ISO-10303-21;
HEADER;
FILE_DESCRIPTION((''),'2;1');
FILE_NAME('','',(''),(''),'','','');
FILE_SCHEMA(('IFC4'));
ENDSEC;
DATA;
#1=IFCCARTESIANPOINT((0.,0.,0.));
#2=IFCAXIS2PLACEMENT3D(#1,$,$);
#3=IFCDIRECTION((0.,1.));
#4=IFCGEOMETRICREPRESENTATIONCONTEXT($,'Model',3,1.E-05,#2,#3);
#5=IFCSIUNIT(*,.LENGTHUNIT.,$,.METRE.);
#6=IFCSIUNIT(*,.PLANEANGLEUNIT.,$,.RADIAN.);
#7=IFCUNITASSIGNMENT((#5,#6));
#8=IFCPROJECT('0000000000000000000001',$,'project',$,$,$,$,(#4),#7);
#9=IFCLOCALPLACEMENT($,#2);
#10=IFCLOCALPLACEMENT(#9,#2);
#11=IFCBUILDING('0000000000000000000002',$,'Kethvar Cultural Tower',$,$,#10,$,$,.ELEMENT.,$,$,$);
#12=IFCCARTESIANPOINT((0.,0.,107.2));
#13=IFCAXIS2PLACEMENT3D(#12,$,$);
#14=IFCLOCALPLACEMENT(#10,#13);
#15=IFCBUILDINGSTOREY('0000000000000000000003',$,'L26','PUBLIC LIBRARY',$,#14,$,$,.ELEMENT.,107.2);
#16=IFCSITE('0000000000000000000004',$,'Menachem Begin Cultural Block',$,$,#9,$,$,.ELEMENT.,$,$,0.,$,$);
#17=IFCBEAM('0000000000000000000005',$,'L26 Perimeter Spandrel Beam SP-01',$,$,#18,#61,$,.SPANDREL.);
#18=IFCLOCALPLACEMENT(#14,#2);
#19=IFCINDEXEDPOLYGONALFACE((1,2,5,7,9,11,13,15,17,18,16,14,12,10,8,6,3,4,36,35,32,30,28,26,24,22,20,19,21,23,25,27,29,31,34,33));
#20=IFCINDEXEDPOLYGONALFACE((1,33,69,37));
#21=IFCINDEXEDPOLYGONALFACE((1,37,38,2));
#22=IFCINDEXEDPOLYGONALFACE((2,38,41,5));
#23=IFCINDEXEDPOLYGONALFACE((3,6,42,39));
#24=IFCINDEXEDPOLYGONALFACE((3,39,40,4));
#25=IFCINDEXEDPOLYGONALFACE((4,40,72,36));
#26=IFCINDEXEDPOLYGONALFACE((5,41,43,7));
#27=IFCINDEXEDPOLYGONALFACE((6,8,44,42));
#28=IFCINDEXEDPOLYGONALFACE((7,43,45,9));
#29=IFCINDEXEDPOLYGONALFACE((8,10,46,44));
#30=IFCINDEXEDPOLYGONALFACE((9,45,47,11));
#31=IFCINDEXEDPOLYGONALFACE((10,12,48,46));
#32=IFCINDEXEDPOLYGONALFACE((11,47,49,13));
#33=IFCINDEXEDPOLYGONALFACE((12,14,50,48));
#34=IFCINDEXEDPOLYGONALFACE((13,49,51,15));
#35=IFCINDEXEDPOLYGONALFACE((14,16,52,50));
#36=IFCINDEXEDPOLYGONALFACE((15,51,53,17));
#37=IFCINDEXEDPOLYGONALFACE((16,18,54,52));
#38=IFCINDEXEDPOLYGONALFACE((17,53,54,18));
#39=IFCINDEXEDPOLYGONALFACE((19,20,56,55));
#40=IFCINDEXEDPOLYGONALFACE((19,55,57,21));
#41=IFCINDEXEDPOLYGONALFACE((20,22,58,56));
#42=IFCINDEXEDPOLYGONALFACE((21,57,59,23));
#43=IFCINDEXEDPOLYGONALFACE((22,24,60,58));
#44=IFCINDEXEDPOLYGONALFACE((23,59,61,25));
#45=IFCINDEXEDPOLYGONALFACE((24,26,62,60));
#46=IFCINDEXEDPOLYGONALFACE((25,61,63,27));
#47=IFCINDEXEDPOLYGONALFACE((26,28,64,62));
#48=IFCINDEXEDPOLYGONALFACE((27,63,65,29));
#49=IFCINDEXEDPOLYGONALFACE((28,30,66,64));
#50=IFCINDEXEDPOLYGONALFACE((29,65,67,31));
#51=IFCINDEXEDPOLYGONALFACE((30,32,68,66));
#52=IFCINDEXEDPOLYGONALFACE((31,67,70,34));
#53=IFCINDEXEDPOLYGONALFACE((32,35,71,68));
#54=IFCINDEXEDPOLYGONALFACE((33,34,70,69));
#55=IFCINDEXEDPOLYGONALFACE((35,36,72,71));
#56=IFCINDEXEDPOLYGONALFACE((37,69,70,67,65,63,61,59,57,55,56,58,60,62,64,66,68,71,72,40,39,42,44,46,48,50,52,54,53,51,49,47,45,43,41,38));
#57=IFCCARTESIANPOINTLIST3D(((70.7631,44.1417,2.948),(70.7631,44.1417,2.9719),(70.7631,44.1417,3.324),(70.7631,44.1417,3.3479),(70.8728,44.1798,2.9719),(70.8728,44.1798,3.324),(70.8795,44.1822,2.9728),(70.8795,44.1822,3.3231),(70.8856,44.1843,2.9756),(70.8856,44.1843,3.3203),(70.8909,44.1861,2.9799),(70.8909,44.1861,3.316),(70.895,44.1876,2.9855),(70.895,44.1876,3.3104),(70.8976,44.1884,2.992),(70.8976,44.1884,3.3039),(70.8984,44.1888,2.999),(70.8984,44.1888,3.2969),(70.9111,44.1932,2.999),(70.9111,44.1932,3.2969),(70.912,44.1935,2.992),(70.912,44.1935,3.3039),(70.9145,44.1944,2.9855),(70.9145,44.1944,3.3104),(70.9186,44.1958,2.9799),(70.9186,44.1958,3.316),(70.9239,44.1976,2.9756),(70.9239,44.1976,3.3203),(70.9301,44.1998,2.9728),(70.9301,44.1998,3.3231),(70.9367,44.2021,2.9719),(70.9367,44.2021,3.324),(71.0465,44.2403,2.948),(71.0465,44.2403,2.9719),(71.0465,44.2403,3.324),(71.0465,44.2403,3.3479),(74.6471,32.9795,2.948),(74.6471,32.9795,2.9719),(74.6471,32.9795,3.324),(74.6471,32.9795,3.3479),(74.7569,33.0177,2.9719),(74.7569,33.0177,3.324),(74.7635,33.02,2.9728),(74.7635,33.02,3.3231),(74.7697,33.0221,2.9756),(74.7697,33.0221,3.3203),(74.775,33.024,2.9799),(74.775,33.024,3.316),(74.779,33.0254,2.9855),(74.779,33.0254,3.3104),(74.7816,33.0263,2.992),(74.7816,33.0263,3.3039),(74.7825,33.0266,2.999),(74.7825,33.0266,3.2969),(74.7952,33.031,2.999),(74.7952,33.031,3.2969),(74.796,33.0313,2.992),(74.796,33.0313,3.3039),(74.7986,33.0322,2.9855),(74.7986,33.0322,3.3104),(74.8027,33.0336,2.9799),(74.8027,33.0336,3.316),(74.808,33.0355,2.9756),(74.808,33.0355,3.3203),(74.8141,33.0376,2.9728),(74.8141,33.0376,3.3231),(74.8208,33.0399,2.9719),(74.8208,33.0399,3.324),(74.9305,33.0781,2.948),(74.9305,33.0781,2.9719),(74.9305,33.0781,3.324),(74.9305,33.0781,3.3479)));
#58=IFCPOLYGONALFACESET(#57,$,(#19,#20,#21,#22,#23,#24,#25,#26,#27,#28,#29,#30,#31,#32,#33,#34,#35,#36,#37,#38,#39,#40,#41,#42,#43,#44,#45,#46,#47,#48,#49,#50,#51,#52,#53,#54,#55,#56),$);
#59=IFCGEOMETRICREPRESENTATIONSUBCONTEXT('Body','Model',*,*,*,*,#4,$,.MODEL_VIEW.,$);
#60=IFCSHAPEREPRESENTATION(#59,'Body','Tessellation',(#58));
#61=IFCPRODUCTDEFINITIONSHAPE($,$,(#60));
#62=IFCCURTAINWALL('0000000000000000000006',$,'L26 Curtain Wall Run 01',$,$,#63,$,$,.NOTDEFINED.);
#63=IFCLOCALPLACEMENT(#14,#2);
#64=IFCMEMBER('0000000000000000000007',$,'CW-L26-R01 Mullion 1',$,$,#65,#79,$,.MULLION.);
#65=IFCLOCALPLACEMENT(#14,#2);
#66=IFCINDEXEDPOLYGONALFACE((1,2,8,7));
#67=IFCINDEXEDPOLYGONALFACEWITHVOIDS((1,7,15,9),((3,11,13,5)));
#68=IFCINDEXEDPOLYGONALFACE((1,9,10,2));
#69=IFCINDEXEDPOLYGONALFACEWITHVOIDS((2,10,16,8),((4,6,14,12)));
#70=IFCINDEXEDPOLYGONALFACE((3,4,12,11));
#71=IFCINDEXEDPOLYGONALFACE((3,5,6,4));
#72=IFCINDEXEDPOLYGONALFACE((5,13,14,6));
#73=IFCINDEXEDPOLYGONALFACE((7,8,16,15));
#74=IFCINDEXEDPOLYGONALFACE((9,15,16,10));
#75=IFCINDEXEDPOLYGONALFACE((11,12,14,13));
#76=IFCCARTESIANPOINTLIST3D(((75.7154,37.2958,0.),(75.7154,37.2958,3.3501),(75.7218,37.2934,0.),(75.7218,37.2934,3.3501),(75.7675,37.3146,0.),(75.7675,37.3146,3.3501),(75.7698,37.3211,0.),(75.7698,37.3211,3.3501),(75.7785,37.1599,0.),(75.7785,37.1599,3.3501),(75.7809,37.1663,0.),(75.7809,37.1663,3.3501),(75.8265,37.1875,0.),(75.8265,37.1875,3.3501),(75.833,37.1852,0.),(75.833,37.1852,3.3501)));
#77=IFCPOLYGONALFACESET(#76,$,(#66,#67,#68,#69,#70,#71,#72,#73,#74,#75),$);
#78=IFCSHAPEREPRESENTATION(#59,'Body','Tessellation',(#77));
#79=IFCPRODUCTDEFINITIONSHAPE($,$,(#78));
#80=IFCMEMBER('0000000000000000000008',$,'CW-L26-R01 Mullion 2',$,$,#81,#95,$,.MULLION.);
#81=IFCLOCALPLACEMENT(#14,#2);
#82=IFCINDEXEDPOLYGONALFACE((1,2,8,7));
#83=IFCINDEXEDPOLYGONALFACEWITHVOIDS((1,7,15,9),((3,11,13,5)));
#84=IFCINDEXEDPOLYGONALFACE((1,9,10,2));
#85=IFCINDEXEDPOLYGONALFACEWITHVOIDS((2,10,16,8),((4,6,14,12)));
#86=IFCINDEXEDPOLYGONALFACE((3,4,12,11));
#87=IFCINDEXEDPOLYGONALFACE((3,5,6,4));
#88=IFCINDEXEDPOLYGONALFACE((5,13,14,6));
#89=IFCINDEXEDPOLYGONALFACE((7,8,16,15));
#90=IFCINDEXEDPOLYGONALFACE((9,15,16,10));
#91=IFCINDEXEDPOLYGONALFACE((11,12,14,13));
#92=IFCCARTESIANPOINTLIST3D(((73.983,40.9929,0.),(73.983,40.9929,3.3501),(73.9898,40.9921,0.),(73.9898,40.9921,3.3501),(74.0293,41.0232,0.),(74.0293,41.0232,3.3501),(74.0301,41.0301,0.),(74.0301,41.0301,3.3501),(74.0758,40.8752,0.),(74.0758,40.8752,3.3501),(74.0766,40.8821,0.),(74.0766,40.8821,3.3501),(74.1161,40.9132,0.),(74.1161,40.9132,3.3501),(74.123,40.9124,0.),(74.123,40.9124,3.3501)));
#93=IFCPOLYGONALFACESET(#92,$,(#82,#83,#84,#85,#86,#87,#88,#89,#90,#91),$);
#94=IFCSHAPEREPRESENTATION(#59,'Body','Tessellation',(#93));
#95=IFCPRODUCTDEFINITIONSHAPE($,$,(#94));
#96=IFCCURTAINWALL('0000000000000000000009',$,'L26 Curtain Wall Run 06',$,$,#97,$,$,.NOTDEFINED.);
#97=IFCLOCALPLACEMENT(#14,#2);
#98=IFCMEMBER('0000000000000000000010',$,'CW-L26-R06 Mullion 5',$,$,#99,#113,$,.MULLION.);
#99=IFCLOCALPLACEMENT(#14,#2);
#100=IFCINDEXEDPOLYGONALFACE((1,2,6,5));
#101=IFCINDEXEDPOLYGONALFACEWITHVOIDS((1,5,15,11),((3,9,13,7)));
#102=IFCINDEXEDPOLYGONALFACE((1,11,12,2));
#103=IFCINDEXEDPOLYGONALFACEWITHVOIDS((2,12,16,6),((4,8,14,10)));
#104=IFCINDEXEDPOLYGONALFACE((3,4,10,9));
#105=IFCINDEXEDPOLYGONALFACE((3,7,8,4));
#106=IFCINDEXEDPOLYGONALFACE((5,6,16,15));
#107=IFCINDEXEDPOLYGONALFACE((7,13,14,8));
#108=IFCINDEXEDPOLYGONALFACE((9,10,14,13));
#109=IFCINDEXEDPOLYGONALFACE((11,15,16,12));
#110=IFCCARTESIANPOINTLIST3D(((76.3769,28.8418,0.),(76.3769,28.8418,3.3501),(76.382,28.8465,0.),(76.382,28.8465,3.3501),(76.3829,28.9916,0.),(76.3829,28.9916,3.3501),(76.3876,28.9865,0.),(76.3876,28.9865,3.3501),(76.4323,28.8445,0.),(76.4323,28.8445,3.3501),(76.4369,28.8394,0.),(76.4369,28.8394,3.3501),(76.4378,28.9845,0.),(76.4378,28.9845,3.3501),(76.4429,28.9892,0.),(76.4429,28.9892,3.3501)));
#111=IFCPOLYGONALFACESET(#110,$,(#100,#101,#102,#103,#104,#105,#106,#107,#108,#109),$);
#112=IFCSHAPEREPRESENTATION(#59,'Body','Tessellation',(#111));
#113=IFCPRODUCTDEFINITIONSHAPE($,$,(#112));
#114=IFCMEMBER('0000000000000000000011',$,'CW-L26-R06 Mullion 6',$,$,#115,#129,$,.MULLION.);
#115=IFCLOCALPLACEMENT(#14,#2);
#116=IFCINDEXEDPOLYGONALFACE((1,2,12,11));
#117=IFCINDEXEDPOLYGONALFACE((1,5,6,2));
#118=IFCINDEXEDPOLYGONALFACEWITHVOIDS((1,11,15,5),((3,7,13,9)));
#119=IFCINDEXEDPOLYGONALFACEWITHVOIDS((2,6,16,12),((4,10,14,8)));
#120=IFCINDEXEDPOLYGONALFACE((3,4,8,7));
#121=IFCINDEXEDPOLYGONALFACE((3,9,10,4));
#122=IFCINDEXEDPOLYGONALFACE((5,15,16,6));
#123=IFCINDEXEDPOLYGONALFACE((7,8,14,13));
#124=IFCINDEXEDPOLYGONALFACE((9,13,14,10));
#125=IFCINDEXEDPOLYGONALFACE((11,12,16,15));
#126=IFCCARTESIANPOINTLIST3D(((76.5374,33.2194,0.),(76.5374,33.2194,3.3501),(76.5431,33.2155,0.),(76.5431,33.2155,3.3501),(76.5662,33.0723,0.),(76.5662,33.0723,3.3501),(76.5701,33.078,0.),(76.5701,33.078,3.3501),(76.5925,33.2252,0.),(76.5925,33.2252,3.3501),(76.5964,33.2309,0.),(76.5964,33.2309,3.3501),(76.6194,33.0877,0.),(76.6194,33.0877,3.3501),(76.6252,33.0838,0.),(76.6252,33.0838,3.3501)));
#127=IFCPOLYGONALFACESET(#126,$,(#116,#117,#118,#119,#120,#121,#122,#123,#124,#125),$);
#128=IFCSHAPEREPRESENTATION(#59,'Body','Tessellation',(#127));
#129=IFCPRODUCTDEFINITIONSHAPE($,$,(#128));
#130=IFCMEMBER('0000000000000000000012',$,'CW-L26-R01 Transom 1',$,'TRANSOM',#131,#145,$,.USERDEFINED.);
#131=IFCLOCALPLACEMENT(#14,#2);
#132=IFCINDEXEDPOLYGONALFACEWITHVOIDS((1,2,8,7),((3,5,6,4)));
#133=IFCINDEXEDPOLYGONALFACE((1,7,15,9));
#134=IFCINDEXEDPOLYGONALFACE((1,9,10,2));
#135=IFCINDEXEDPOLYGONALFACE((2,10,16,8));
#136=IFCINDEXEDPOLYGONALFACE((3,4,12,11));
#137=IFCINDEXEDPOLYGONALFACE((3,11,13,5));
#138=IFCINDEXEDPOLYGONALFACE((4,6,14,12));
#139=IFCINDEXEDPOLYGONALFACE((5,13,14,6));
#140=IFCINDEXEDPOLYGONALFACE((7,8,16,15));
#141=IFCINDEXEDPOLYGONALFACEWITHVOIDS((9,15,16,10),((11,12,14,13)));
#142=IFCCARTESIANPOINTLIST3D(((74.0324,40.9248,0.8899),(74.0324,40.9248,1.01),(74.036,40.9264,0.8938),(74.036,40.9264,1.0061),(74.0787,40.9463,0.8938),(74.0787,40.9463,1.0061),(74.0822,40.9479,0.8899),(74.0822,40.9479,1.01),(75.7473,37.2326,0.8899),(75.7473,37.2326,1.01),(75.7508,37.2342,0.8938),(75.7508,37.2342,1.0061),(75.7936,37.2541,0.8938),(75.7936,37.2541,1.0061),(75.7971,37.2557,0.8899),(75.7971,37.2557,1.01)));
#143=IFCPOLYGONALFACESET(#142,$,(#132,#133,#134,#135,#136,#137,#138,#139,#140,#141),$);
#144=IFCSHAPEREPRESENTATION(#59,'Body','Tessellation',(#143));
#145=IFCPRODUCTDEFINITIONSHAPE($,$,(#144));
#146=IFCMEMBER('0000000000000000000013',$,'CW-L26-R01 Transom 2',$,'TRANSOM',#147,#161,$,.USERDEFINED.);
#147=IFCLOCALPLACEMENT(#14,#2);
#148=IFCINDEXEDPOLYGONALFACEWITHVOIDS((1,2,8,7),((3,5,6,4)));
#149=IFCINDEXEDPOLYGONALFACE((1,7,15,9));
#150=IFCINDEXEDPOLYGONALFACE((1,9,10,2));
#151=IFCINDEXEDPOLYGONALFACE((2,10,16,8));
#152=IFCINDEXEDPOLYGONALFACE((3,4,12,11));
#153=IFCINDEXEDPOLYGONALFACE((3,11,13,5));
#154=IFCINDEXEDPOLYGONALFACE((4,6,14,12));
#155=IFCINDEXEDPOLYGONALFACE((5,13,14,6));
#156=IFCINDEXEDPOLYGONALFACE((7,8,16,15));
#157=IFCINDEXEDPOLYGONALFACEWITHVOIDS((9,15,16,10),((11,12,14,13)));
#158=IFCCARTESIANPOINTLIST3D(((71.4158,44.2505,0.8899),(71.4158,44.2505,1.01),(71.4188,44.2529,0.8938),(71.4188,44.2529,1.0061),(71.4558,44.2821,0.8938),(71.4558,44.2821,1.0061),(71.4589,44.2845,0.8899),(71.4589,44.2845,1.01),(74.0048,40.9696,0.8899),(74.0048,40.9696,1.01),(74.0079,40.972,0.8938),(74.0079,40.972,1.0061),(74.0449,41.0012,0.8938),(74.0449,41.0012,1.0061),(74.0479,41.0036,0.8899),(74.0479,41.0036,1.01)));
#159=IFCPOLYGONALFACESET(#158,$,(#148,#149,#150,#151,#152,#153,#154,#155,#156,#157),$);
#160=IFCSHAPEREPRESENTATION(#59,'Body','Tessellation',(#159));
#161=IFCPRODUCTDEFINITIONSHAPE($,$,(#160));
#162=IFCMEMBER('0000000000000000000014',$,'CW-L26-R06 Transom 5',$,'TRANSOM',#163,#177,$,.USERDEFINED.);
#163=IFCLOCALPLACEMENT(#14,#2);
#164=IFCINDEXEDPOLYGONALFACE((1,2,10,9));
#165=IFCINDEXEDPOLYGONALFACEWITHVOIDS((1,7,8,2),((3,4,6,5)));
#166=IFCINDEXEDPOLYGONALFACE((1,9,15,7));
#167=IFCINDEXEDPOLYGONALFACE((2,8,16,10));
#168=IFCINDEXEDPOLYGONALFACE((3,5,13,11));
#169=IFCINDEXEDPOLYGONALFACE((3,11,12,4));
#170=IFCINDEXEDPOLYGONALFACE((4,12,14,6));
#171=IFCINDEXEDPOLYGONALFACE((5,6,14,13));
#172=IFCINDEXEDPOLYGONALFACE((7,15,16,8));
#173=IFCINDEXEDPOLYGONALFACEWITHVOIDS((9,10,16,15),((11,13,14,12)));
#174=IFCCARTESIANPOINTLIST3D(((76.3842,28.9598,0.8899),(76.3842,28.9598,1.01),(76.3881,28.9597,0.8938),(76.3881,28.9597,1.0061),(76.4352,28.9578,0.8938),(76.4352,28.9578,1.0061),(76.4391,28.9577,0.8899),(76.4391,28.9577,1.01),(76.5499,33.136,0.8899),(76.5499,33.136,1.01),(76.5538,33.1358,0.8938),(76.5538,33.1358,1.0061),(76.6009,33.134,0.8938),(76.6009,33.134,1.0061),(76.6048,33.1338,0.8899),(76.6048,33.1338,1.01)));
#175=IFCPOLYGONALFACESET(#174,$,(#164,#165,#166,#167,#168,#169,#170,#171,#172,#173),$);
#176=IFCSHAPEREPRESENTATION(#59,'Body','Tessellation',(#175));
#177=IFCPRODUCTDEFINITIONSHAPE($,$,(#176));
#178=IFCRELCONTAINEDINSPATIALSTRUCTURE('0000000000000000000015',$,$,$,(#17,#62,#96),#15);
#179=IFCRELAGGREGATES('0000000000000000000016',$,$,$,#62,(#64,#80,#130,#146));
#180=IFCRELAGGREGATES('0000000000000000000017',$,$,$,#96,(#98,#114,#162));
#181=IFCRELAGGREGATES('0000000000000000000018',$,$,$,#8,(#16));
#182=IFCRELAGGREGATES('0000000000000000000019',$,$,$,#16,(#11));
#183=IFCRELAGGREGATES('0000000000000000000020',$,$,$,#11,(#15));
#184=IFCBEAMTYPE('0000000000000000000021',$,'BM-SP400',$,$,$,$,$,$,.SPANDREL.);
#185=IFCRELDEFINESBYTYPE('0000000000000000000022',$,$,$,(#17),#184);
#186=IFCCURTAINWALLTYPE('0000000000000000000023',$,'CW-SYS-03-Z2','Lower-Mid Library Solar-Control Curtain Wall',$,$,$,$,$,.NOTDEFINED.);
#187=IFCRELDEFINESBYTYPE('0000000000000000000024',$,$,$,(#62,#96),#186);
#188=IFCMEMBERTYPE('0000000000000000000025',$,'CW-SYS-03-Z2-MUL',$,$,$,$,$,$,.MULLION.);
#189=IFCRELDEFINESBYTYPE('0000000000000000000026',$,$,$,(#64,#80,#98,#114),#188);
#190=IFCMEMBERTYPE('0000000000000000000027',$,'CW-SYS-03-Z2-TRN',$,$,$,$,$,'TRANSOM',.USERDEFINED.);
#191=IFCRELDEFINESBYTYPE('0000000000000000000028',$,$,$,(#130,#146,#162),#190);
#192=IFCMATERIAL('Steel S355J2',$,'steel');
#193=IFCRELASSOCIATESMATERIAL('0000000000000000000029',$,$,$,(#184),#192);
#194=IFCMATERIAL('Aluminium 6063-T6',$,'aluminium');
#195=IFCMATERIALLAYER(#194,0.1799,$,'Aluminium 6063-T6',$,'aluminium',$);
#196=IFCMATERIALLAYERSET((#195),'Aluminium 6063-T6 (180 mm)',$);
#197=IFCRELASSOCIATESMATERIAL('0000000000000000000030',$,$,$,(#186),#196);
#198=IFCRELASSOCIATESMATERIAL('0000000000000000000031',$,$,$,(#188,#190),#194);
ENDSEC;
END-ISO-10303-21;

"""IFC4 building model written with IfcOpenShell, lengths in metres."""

from ifc_helpers import new_model, si_unit, direction, frame, origin, origin_2d, place, context, subcontext, project, spatial, hollow_rectangle, i_section, extrude, source, transform, mapped, material, layer, layer_set, material_profile, profile_set, type_object, element, aggregate, save


model = new_model("IFC4")

# Units and contexts
model_context = context("Model", 3, precision=1e-05, world=origin(), true_north=direction((0.0, 1.0)))
body_context = subcontext(model_context, "Body", "Model", "MODEL_VIEW")
ifc_project = project(units=[si_unit("LENGTHUNIT", "METRE"), si_unit("PLANEANGLEUNIT", "RADIAN")], contexts=[model_context])

# Site, building, storey
site_placement = place(None, origin())
site = spatial("IfcSite", under=ifc_project, at=site_placement, Name="Menachem Begin Cultural Block", CompositionType="ELEMENT", RefElevation=0.0)
building_placement = place(site_placement, origin())
building = spatial("IfcBuilding", under=site, at=building_placement, Name="Kethvar Cultural Tower", CompositionType="ELEMENT")
storey_placement = place(building_placement, frame((0.0, 0.0, 107.2)))
storey = spatial("IfcBuildingStorey", under=building, at=storey_placement, Name="L26", Description="PUBLIC LIBRARY", CompositionType="ELEMENT", Elevation=107.2)

# Beam
ifc_material_1 = material(Name="Steel S355J2", Category="steel")
ifc_material_profile_1 = material_profile(ifc_material_1, i_section(OverallWidth=0.3, OverallDepth=0.3999, WebThickness=0.0134, FlangeThickness=0.0239, FilletRadius=0.0271, at=origin_2d()), Name="Steel S355J2 — HEB400")
ifc_profile_set_1 = profile_set([ifc_material_profile_1], Name="Steel S355J2 — HEB400")
beam_type_1 = type_object("IfcBeamType", Name="BM-SP400", PredefinedType="SPANDREL", material=ifc_profile_set_1)
shared_shape_1 = source(origin(), body_context, "Body", "SweptSolid", [
    extrude(i_section(OverallWidth=0.3, OverallDepth=0.3999, WebThickness=0.0134, FlangeThickness=0.0239, FilletRadius=0.0271, at=origin_2d()), origin(), (0.0, 0.0, 1.0), 11.8186),
])
beam_1_placement = place(storey_placement, frame((74.7888, 33.0288, 3.1479), z_axis=(-0.328638, 0.944456, 0.0), x_axis=(-0.944456, -0.328638, 0.0)))
element("IfcBeam", 1, at=beam_1_placement, inside=storey, type_object=beam_type_1, Name="L26 Perimeter Spandrel Beam SP-01", PredefinedType="SPANDREL", context=body_context, shape_type="MappedRepresentation", body=[
    mapped(shared_shape_1, transform((0.0, 0.0, 0.0), scale=1.0)),
])

# Curtain walls, members
ifc_material_2 = material(Name="Aluminium 6063-T6", Category="aluminium")
ifc_layer_1 = layer(ifc_material_2, 0.1799, Name="Aluminium 6063-T6", Category="aluminium")
ifc_layer_set_1 = layer_set([ifc_layer_1], Name="Aluminium 6063-T6 (180 mm)")
curtain_wall_type = type_object("IfcCurtainWallType", Name="CW-SYS-03-Z2", Description="Lower-Mid Library Solar-Control Curtain Wall", PredefinedType="NOTDEFINED", material=ifc_layer_set_1)
curtain_wall_1_placement = place(storey_placement, origin())
curtain_wall_1 = element("IfcCurtainWall", 2, at=curtain_wall_1_placement, inside=storey, type_object=curtain_wall_type, Name="L26 Curtain Wall Run 01", PredefinedType="NOTDEFINED")
ifc_material_profile_2 = material_profile(ifc_material_2, hollow_rectangle(XDim=0.0601, YDim=0.1499, WallThickness=0.0049, at=origin_2d()), Name="Aluminium 6063-T6 — RHS150x60x5")
ifc_profile_set_2 = profile_set([ifc_material_profile_2], Name="Aluminium 6063-T6 — RHS150x60x5")
member_type_1 = type_object("IfcMemberType", Name="CW-SYS-03-Z2-MUL", PredefinedType="MULLION", material=ifc_profile_set_2)
shared_shape_2 = source(origin(), body_context, "Body", "SweptSolid", [
    extrude(hollow_rectangle(XDim=0.0601, YDim=0.1499, WallThickness=0.0049, at=origin_2d()), origin(), (0.0, 0.0, 1.0), 3.3501),
])
member_1_placement = place(storey_placement, frame((75.7742, 37.2405, 0.0), z_axis=(0.0, 0.0, 1.0), x_axis=(-0.906934, -0.421273, 0.0)))
member_1 = element("IfcMember", 3, at=member_1_placement, type_object=member_type_1, Name="CW-L26-R01 Mullion 1", PredefinedType="MULLION", context=body_context, shape_type="MappedRepresentation", body=[
    mapped(shared_shape_2, transform((0.0, 0.0, 0.0), scale=1.0)),
])
member_2_placement = place(storey_placement, frame((74.053, 40.9526, 0.0), z_axis=(0.0, 0.0, 1.0), x_axis=(-0.785036, -0.61945, 0.0)))
member_2 = element("IfcMember", 4, at=member_2_placement, type_object=member_type_1, Name="CW-L26-R01 Mullion 2", PredefinedType="MULLION", context=body_context, shape_type="MappedRepresentation", body=[
    mapped(shared_shape_2, transform((0.0, 0.0, 0.0), scale=1.0)),
])
curtain_wall_2_placement = place(storey_placement, origin())
curtain_wall_2 = element("IfcCurtainWall", 5, at=curtain_wall_2_placement, inside=storey, type_object=curtain_wall_type, Name="L26 Curtain Wall Run 06", PredefinedType="NOTDEFINED")
member_3_placement = place(storey_placement, frame((76.4099, 28.9155, 0.0), z_axis=(0.0, 0.0, 1.0), x_axis=(-0.999211, 0.039713, 0.0)))
member_3 = element("IfcMember", 6, at=member_3_placement, type_object=member_type_1, Name="CW-L26-R06 Mullion 5", PredefinedType="MULLION", context=body_context, shape_type="MappedRepresentation", body=[
    mapped(shared_shape_2, transform((0.0, 0.0, 0.0), scale=1.0)),
])
member_4_placement = place(storey_placement, frame((76.5813, 33.1516, 0.0), z_axis=(0.0, 0.0, 1.0), x_axis=(-0.981343, -0.192265, 0.0)))
member_4 = element("IfcMember", 7, at=member_4_placement, type_object=member_type_1, Name="CW-L26-R06 Mullion 6", PredefinedType="MULLION", context=body_context, shape_type="MappedRepresentation", body=[
    mapped(shared_shape_2, transform((0.0, 0.0, 0.0), scale=1.0)),
])

# Members
ifc_material_profile_3 = material_profile(ifc_material_2, hollow_rectangle(XDim=0.0549, YDim=0.1201, WallThickness=0.0039, at=origin_2d()), Name="Aluminium 6063-T6 — RHS120x55x4")
ifc_profile_set_3 = profile_set([ifc_material_profile_3], Name="Aluminium 6063-T6 — RHS120x55x4")
member_type_2 = type_object("IfcMemberType", Name="CW-SYS-03-Z2-TRN", ElementType="TRANSOM", PredefinedType="USERDEFINED", material=ifc_profile_set_3)
shared_shape_3 = source(origin(), body_context, "Body", "SweptSolid", [
    extrude(hollow_rectangle(XDim=0.0549, YDim=0.1201, WallThickness=0.0039, at=origin_2d()), origin(), (0.0, 0.0, 1.0), 4.071),
])
member_5_placement = place(storey_placement, frame((75.7722, 37.2441, 0.95), z_axis=(-0.42124, 0.906949, 0.0), x_axis=(-0.906949, -0.42124, 0.0)))
member_5 = element("IfcMember", 8, at=member_5_placement, type_object=member_type_2, Name="CW-L26-R01 Transom 1", ObjectType="TRANSOM", PredefinedType="USERDEFINED", context=body_context, shape_type="MappedRepresentation", body=[
    mapped(shared_shape_3, transform((0.0, 0.0, 0.0), scale=1.0)),
])
shared_shape_4 = source(origin(), body_context, "Body", "SweptSolid", [
    extrude(hollow_rectangle(XDim=0.0549, YDim=0.1201, WallThickness=0.0039, at=origin_2d()), origin(), (0.0, 0.0, 1.0), 4.1794),
])
member_6_placement = place(storey_placement, frame((74.0264, 40.9866, 0.95), z_axis=(-0.619474, 0.785017, 0.0), x_axis=(-0.785017, -0.619474, 0.0)))
member_6 = element("IfcMember", 9, at=member_6_placement, type_object=member_type_2, Name="CW-L26-R01 Transom 2", ObjectType="TRANSOM", PredefinedType="USERDEFINED", context=body_context, shape_type="MappedRepresentation", body=[
    mapped(shared_shape_4, transform((0.0, 0.0, 0.0), scale=1.0)),
])
member_7_placement = place(storey_placement, frame((76.4116, 28.9587, 0.95), z_axis=(0.039662, 0.999213, 0.0), x_axis=(-0.999213, 0.039662, 0.0)))
member_7 = element("IfcMember", 10, at=member_7_placement, type_object=member_type_2, Name="CW-L26-R06 Transom 5", ObjectType="TRANSOM", PredefinedType="USERDEFINED", context=body_context, shape_type="MappedRepresentation", body=[
    mapped(shared_shape_4, transform((0.0, 0.0, 0.0), scale=1.0)),
])

aggregate(curtain_wall_1, [member_1, member_2, member_5, member_6])
aggregate(curtain_wall_2, [member_3, member_4, member_7])

save(model, "model.ifc")
